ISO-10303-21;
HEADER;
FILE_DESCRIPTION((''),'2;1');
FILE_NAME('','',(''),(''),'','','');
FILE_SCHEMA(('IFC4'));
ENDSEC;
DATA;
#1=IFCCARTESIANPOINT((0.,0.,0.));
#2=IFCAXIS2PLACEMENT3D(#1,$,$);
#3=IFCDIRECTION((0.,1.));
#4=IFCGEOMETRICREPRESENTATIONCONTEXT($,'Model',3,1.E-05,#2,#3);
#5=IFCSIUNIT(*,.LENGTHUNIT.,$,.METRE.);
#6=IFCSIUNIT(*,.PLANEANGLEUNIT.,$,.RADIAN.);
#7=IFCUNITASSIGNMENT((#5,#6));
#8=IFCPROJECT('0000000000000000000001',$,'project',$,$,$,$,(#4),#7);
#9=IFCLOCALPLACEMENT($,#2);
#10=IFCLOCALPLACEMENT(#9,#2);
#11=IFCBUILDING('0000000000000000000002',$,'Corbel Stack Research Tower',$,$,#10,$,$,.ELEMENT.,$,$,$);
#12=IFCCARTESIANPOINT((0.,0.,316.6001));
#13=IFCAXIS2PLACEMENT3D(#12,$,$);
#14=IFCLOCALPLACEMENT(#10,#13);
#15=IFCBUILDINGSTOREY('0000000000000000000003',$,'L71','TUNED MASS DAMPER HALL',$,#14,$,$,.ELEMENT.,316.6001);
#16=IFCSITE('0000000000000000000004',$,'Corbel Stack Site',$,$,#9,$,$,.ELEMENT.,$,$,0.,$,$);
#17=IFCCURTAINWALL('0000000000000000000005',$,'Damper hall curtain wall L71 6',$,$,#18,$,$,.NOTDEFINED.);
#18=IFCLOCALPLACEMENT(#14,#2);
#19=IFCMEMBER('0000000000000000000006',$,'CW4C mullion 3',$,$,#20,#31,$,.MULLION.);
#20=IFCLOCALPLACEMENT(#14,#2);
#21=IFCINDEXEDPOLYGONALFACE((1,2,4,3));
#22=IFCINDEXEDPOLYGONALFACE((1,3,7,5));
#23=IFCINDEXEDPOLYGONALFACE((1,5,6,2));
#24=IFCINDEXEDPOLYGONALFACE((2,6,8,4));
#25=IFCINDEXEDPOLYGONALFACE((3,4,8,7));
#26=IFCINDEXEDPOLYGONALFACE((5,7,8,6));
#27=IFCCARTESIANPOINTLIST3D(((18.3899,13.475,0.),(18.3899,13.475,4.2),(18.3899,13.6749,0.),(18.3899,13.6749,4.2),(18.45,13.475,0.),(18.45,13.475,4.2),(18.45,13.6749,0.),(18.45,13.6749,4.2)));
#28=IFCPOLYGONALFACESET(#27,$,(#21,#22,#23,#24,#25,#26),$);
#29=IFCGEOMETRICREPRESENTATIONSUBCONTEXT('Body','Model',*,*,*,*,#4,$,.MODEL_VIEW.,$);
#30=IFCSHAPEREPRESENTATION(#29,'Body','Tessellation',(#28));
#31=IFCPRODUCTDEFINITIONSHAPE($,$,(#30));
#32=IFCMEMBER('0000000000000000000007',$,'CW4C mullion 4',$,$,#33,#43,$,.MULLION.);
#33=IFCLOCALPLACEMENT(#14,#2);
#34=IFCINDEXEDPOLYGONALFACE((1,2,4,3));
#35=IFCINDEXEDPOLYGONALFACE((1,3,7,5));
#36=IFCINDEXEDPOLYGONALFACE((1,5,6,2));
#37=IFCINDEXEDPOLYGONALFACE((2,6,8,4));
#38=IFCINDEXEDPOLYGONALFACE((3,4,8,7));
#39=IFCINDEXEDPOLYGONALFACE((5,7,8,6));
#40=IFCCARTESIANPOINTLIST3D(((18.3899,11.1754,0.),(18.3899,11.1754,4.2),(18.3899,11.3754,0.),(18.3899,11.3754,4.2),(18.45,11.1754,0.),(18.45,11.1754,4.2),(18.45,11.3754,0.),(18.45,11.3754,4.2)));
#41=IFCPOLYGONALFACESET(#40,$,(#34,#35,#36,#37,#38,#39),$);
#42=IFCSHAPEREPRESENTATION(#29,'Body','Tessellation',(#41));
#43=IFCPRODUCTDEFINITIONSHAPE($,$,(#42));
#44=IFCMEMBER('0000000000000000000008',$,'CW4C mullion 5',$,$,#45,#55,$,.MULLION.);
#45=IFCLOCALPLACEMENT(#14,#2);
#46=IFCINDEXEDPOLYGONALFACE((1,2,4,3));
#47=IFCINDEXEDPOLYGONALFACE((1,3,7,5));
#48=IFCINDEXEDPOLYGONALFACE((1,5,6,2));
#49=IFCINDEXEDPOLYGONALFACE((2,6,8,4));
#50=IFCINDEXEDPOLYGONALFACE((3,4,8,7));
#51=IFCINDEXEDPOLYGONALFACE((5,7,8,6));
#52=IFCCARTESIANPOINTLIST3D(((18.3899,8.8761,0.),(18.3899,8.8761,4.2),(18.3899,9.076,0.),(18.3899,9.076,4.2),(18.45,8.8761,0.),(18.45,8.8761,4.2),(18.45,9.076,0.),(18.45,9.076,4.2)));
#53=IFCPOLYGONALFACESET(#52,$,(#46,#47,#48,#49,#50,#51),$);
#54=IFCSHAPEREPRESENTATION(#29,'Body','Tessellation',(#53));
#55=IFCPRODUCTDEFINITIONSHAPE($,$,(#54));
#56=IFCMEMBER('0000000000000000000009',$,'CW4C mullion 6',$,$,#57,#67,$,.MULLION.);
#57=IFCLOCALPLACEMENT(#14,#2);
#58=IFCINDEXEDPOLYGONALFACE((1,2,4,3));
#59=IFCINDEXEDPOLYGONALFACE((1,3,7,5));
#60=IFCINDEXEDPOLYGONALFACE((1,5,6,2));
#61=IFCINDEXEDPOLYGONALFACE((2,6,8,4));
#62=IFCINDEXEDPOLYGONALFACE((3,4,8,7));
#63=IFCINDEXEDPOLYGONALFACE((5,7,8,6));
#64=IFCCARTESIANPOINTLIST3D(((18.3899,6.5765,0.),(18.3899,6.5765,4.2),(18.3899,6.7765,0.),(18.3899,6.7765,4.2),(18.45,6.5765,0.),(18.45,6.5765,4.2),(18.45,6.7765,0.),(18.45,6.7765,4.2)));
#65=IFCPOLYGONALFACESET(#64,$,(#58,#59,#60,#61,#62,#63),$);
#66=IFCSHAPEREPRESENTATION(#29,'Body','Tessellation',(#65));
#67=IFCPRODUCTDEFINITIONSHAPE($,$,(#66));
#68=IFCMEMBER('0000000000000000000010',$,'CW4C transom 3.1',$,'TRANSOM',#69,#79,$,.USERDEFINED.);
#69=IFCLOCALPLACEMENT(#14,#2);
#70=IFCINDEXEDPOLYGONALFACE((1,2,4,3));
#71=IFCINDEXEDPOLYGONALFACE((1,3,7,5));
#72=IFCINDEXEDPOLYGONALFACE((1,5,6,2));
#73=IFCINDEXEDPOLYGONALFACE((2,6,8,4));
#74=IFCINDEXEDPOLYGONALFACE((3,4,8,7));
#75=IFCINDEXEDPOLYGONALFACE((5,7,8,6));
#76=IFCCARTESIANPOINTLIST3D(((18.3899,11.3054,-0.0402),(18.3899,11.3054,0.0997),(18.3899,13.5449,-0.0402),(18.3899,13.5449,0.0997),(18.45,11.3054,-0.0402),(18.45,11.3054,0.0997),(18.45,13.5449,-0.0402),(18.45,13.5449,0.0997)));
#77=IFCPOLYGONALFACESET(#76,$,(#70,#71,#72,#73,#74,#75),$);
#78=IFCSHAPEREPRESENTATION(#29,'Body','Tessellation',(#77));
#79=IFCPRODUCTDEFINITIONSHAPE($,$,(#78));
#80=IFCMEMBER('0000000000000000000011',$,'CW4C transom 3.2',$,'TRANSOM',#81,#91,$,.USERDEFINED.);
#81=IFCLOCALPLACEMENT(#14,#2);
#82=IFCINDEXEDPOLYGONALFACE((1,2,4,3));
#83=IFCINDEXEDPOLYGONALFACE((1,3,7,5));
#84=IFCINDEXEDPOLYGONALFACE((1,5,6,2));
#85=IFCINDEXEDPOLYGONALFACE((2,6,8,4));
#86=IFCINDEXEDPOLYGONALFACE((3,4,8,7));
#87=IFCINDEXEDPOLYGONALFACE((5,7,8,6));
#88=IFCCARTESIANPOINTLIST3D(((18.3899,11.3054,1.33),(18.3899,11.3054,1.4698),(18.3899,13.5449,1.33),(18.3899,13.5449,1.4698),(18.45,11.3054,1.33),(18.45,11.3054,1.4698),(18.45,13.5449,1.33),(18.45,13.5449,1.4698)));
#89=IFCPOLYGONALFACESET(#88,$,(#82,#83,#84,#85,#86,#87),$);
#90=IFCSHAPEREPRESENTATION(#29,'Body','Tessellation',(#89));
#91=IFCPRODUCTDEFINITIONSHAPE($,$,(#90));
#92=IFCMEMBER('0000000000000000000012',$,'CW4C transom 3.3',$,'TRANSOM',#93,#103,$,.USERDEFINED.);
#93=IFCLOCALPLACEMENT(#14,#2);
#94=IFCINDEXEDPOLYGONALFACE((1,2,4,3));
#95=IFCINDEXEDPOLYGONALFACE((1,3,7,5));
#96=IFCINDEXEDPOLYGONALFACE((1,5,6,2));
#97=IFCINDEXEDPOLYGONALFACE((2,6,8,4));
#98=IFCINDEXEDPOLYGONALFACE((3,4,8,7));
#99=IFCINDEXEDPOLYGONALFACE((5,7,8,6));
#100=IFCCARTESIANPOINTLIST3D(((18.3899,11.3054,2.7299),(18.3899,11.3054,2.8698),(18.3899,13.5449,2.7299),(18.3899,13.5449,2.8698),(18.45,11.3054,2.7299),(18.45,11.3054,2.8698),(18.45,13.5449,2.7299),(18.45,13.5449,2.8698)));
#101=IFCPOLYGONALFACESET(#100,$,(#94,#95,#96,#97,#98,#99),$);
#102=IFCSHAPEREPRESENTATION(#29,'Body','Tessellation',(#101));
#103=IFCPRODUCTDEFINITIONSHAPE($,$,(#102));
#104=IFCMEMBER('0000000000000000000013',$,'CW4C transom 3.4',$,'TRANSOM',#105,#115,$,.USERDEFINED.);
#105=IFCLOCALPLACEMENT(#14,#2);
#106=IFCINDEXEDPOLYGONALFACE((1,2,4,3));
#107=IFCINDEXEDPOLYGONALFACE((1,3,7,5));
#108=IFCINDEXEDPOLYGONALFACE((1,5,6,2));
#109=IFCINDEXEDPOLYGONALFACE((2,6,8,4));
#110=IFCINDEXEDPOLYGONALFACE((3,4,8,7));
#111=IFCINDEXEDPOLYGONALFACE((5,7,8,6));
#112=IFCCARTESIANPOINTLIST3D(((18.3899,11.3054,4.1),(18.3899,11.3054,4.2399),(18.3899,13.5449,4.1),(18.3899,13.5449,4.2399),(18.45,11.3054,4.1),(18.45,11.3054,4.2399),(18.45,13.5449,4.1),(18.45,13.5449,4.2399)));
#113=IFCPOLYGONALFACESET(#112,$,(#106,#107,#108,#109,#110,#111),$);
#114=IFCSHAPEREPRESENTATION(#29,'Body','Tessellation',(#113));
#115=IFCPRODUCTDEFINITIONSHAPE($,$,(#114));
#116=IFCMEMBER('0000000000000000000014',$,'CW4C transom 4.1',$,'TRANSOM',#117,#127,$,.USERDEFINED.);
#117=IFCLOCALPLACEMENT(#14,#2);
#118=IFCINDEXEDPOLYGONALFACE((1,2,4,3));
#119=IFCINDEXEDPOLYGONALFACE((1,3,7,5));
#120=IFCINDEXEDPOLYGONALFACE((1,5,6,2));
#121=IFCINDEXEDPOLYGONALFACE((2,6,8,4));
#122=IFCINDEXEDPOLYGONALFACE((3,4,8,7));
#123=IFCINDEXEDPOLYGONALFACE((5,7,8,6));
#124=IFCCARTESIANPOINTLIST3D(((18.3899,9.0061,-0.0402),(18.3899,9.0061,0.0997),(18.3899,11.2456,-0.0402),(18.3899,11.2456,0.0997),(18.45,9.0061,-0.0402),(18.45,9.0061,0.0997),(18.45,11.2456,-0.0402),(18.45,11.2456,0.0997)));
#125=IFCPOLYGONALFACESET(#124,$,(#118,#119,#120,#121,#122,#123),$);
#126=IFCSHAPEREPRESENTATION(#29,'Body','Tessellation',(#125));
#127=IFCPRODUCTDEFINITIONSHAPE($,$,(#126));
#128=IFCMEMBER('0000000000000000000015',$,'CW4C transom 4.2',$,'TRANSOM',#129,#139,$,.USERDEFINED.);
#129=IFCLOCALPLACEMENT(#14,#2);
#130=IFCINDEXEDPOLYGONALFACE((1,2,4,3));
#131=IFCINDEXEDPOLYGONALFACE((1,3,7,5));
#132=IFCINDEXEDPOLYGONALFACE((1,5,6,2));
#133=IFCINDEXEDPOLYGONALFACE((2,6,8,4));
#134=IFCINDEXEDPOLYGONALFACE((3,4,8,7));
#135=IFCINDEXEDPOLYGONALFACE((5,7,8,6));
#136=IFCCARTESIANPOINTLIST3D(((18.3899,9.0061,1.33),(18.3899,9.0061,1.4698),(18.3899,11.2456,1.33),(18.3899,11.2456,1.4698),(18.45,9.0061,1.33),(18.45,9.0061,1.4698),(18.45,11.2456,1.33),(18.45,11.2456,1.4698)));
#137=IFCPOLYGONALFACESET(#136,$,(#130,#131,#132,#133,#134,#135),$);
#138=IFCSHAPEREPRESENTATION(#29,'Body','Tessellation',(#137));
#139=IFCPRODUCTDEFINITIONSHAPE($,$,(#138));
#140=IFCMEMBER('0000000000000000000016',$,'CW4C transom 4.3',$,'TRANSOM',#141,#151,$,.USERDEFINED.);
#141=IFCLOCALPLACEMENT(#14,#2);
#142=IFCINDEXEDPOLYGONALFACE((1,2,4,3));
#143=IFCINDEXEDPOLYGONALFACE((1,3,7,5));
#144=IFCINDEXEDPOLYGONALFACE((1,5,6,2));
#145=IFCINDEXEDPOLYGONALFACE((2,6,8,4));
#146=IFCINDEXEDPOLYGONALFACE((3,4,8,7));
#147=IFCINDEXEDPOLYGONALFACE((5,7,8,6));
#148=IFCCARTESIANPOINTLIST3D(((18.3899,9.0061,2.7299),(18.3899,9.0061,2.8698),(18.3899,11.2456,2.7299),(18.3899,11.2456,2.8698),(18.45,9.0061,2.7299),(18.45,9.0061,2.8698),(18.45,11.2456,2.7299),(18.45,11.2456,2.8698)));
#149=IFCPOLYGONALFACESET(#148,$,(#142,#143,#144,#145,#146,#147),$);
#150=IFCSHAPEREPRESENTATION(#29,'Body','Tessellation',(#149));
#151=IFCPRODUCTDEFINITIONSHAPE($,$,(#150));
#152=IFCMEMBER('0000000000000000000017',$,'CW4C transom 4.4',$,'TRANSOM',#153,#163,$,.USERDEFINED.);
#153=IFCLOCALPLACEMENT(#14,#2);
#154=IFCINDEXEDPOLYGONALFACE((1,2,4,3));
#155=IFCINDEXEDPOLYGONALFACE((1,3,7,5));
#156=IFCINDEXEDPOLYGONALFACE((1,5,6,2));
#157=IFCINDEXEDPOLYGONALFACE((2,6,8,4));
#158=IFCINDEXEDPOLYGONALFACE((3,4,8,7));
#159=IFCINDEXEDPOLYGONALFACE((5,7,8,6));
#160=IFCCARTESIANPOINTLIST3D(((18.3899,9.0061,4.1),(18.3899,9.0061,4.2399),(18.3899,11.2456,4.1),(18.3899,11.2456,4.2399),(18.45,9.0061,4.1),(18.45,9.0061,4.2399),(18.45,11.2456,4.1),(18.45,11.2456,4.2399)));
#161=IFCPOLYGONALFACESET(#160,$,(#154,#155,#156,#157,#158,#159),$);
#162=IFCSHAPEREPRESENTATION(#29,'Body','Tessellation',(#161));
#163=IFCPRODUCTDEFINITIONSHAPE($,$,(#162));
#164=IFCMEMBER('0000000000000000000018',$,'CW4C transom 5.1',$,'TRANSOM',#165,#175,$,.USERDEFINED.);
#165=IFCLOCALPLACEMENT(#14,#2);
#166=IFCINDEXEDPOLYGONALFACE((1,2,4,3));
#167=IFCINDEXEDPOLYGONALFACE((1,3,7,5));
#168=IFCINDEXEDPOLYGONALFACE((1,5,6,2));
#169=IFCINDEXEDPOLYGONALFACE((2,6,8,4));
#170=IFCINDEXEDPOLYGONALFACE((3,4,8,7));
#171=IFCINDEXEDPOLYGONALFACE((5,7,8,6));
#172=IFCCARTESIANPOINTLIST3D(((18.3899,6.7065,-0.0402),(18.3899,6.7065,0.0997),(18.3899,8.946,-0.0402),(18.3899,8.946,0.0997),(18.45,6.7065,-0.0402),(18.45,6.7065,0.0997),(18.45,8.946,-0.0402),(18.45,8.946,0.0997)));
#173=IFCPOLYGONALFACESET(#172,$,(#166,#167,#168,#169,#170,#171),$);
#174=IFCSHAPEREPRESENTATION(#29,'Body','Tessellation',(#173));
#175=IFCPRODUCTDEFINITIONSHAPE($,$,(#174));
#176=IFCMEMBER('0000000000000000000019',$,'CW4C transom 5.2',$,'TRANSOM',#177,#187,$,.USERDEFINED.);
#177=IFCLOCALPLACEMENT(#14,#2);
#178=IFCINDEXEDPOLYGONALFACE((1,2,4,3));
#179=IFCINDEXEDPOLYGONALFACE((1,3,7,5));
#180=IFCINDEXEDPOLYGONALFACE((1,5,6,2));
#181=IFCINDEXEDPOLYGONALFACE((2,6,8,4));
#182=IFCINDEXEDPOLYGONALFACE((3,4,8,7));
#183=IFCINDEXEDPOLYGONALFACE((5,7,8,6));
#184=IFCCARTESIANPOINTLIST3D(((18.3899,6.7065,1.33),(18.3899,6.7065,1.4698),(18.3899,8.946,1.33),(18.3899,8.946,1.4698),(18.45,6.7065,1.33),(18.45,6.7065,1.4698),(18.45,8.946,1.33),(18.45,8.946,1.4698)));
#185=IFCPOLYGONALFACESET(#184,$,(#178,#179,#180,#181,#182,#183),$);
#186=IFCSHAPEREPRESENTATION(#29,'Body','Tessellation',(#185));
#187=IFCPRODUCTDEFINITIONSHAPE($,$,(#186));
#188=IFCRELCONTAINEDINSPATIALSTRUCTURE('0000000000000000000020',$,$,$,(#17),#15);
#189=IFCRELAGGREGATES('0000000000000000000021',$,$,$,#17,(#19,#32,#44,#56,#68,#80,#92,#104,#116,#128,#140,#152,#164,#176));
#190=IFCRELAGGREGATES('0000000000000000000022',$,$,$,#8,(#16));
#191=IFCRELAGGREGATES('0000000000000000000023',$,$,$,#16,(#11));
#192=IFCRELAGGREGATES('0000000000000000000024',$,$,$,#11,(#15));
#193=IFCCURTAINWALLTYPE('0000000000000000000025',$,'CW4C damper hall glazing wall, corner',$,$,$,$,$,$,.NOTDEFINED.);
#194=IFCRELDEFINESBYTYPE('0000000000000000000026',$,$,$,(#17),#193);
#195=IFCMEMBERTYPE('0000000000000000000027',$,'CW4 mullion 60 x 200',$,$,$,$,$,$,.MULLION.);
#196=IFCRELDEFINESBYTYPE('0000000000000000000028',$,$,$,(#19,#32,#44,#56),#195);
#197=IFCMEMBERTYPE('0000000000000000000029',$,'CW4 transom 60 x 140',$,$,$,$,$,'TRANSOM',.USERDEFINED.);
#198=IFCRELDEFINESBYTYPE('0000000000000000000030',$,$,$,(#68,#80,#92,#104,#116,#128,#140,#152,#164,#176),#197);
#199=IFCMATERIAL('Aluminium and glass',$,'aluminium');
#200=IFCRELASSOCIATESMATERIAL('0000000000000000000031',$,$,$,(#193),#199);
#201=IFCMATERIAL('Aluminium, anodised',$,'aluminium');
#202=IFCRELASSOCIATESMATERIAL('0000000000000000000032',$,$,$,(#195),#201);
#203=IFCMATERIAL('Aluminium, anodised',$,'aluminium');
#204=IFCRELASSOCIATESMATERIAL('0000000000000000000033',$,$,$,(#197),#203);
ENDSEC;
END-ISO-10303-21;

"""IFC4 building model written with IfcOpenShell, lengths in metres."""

from ifc_helpers import new_model, si_unit, direction, frame, origin, origin_2d, place, context, subcontext, project, spatial, rectangle, extrude, material, material_profile, profile_set, type_object, element, aggregate, save


model = new_model("IFC4")

# Units and contexts
model_context = context("Model", 3, precision=1e-05, world=origin(), true_north=direction((0.0, 1.0)))
body_context = subcontext(model_context, "Body", "Model", "MODEL_VIEW")
ifc_project = project(units=[si_unit("LENGTHUNIT", "METRE"), si_unit("PLANEANGLEUNIT", "RADIAN")], contexts=[model_context])

# Site, building, storey
site_placement = place(None, origin())
site = spatial("IfcSite", under=ifc_project, at=site_placement, Name="Corbel Stack Site", CompositionType="ELEMENT", RefElevation=0.0)
building_placement = place(site_placement, origin())
building = spatial("IfcBuilding", under=site, at=building_placement, Name="Corbel Stack Research Tower", CompositionType="ELEMENT")
storey_placement = place(building_placement, frame((0.0, 0.0, 316.6001)))
storey = spatial("IfcBuildingStorey", under=building, at=storey_placement, Name="L71", Description="TUNED MASS DAMPER HALL", CompositionType="ELEMENT", Elevation=316.6001)

# Curtain wall, members
ifc_material_1 = material(Name="Aluminium and glass", Category="aluminium")
curtain_wall_type = type_object("IfcCurtainWallType", Name="CW4C damper hall glazing wall, corner", PredefinedType="NOTDEFINED", material=ifc_material_1)
curtain_wall_placement = place(storey_placement, origin())
curtain_wall = element("IfcCurtainWall", 1, at=curtain_wall_placement, inside=storey, type_object=curtain_wall_type, Name="Damper hall curtain wall L71 6", PredefinedType="NOTDEFINED")
ifc_material_2 = material(Name="Aluminium, anodised", Category="aluminium")
ifc_material_profile_1 = material_profile(ifc_material_2, rectangle(XDim=0.0601, YDim=0.2, at=origin_2d()), Name="CW4 mullion 60 x 200")
ifc_profile_set_1 = profile_set([ifc_material_profile_1], Name="Aluminium, anodised")
member_type_1 = type_object("IfcMemberType", Name="CW4 mullion 60 x 200", PredefinedType="MULLION", material=ifc_profile_set_1)
member_1_placement = place(storey_placement, frame((18.4199, 13.575, 0.0), z_axis=(0.0, 0.0, 1.0), x_axis=(1.0, 0.0, 0.0)))
member_1 = element("IfcMember", 2, at=member_1_placement, type_object=member_type_1, Name="CW4C mullion 3", PredefinedType="MULLION", context=body_context, shape_type="SweptSolid", body=[
    extrude(rectangle(XDim=0.0601, YDim=0.2, at=origin_2d()), origin(), (0.0, 0.0, 1.0), 4.2),
])
member_2_placement = place(storey_placement, frame((18.4199, 11.2754, 0.0), z_axis=(0.0, 0.0, 1.0), x_axis=(1.0, 0.0, 0.0)))
member_2 = element("IfcMember", 3, at=member_2_placement, type_object=member_type_1, Name="CW4C mullion 4", PredefinedType="MULLION", context=body_context, shape_type="SweptSolid", body=[
    extrude(rectangle(XDim=0.0601, YDim=0.2, at=origin_2d()), origin(), (0.0, 0.0, 1.0), 4.2),
])
member_3_placement = place(storey_placement, frame((18.4199, 8.9761, 0.0), z_axis=(0.0, 0.0, 1.0), x_axis=(1.0, 0.0, 0.0)))
member_3 = element("IfcMember", 4, at=member_3_placement, type_object=member_type_1, Name="CW4C mullion 5", PredefinedType="MULLION", context=body_context, shape_type="SweptSolid", body=[
    extrude(rectangle(XDim=0.0601, YDim=0.2, at=origin_2d()), origin(), (0.0, 0.0, 1.0), 4.2),
])
member_4_placement = place(storey_placement, frame((18.4199, 6.6765, 0.0), z_axis=(0.0, 0.0, 1.0), x_axis=(1.0, 0.0, 0.0)))
member_4 = element("IfcMember", 5, at=member_4_placement, type_object=member_type_1, Name="CW4C mullion 6", PredefinedType="MULLION", context=body_context, shape_type="SweptSolid", body=[
    extrude(rectangle(XDim=0.0601, YDim=0.2, at=origin_2d()), origin(), (0.0, 0.0, 1.0), 4.2),
])
ifc_material_3 = material(Name="Aluminium, anodised", Category="aluminium")
ifc_material_profile_2 = material_profile(ifc_material_3, rectangle(XDim=0.0601, YDim=0.1399, at=origin_2d()), Name="CW4 transom 60 x 140")
ifc_profile_set_2 = profile_set([ifc_material_profile_2], Name="Aluminium, anodised")
member_type_2 = type_object("IfcMemberType", Name="CW4 transom 60 x 140", ElementType="TRANSOM", PredefinedType="USERDEFINED", material=ifc_profile_set_2)
member_5_placement = place(storey_placement, frame((18.4199, 13.5449, 0.0298), z_axis=(0.0, -1.0, 0.0), x_axis=(1.0, 0.0, 0.0)))
member_5 = element("IfcMember", 6, at=member_5_placement, type_object=member_type_2, Name="CW4C transom 3.1", ObjectType="TRANSOM", PredefinedType="USERDEFINED", context=body_context, shape_type="SweptSolid", body=[
    extrude(rectangle(XDim=0.0601, YDim=0.1399, at=origin_2d()), origin(), (0.0, 0.0, 1.0), 2.2395),
])
member_6_placement = place(storey_placement, frame((18.4199, 13.5449, 1.3999), z_axis=(0.0, -1.0, 0.0), x_axis=(1.0, 0.0, 0.0)))
member_6 = element("IfcMember", 7, at=member_6_placement, type_object=member_type_2, Name="CW4C transom 3.2", ObjectType="TRANSOM", PredefinedType="USERDEFINED", context=body_context, shape_type="SweptSolid", body=[
    extrude(rectangle(XDim=0.0601, YDim=0.1399, at=origin_2d()), origin(), (0.0, 0.0, 1.0), 2.2395),
])
member_7_placement = place(storey_placement, frame((18.4199, 13.5449, 2.7998), z_axis=(0.0, -1.0, 0.0), x_axis=(1.0, 0.0, 0.0)))
member_7 = element("IfcMember", 8, at=member_7_placement, type_object=member_type_2, Name="CW4C transom 3.3", ObjectType="TRANSOM", PredefinedType="USERDEFINED", context=body_context, shape_type="SweptSolid", body=[
    extrude(rectangle(XDim=0.0601, YDim=0.1399, at=origin_2d()), origin(), (0.0, 0.0, 1.0), 2.2395),
])
member_8_placement = place(storey_placement, frame((18.4199, 13.5449, 4.1699), z_axis=(0.0, -1.0, 0.0), x_axis=(1.0, 0.0, 0.0)))
member_8 = element("IfcMember", 9, at=member_8_placement, type_object=member_type_2, Name="CW4C transom 3.4", ObjectType="TRANSOM", PredefinedType="USERDEFINED", context=body_context, shape_type="SweptSolid", body=[
    extrude(rectangle(XDim=0.0601, YDim=0.1399, at=origin_2d()), origin(), (0.0, 0.0, 1.0), 2.2395),
])
member_9_placement = place(storey_placement, frame((18.4199, 11.2456, 0.0298), z_axis=(0.0, -1.0, 0.0), x_axis=(1.0, 0.0, 0.0)))
member_9 = element("IfcMember", 10, at=member_9_placement, type_object=member_type_2, Name="CW4C transom 4.1", ObjectType="TRANSOM", PredefinedType="USERDEFINED", context=body_context, shape_type="SweptSolid", body=[
    extrude(rectangle(XDim=0.0601, YDim=0.1399, at=origin_2d()), origin(), (0.0, 0.0, 1.0), 2.2395),
])
member_10_placement = place(storey_placement, frame((18.4199, 11.2456, 1.3999), z_axis=(0.0, -1.0, 0.0), x_axis=(1.0, 0.0, 0.0)))
member_10 = element("IfcMember", 11, at=member_10_placement, type_object=member_type_2, Name="CW4C transom 4.2", ObjectType="TRANSOM", PredefinedType="USERDEFINED", context=body_context, shape_type="SweptSolid", body=[
    extrude(rectangle(XDim=0.0601, YDim=0.1399, at=origin_2d()), origin(), (0.0, 0.0, 1.0), 2.2395),
])
member_11_placement = place(storey_placement, frame((18.4199, 11.2456, 2.7998), z_axis=(0.0, -1.0, 0.0), x_axis=(1.0, 0.0, 0.0)))
member_11 = element("IfcMember", 12, at=member_11_placement, type_object=member_type_2, Name="CW4C transom 4.3", ObjectType="TRANSOM", PredefinedType="USERDEFINED", context=body_context, shape_type="SweptSolid", body=[
    extrude(rectangle(XDim=0.0601, YDim=0.1399, at=origin_2d()), origin(), (0.0, 0.0, 1.0), 2.2395),
])
member_12_placement = place(storey_placement, frame((18.4199, 11.2456, 4.1699), z_axis=(0.0, -1.0, 0.0), x_axis=(1.0, 0.0, 0.0)))
member_12 = element("IfcMember", 13, at=member_12_placement, type_object=member_type_2, Name="CW4C transom 4.4", ObjectType="TRANSOM", PredefinedType="USERDEFINED", context=body_context, shape_type="SweptSolid", body=[
    extrude(rectangle(XDim=0.0601, YDim=0.1399, at=origin_2d()), origin(), (0.0, 0.0, 1.0), 2.2395),
])
member_13_placement = place(storey_placement, frame((18.4199, 8.946, 0.0298), z_axis=(0.0, -1.0, 0.0), x_axis=(1.0, 0.0, 0.0)))
member_13 = element("IfcMember", 14, at=member_13_placement, type_object=member_type_2, Name="CW4C transom 5.1", ObjectType="TRANSOM", PredefinedType="USERDEFINED", context=body_context, shape_type="SweptSolid", body=[
    extrude(rectangle(XDim=0.0601, YDim=0.1399, at=origin_2d()), origin(), (0.0, 0.0, 1.0), 2.2395),
])
member_14_placement = place(storey_placement, frame((18.4199, 8.946, 1.3999), z_axis=(0.0, -1.0, 0.0), x_axis=(1.0, 0.0, 0.0)))
member_14 = element("IfcMember", 15, at=member_14_placement, type_object=member_type_2, Name="CW4C transom 5.2", ObjectType="TRANSOM", PredefinedType="USERDEFINED", context=body_context, shape_type="SweptSolid", body=[
    extrude(rectangle(XDim=0.0601, YDim=0.1399, at=origin_2d()), origin(), (0.0, 0.0, 1.0), 2.2395),
])
aggregate(curtain_wall, [member_1, member_2, member_3, member_4, member_5, member_6, member_7, member_8, member_9, member_10, member_11, member_12, member_13, member_14])

save(model, "model.ifc")
